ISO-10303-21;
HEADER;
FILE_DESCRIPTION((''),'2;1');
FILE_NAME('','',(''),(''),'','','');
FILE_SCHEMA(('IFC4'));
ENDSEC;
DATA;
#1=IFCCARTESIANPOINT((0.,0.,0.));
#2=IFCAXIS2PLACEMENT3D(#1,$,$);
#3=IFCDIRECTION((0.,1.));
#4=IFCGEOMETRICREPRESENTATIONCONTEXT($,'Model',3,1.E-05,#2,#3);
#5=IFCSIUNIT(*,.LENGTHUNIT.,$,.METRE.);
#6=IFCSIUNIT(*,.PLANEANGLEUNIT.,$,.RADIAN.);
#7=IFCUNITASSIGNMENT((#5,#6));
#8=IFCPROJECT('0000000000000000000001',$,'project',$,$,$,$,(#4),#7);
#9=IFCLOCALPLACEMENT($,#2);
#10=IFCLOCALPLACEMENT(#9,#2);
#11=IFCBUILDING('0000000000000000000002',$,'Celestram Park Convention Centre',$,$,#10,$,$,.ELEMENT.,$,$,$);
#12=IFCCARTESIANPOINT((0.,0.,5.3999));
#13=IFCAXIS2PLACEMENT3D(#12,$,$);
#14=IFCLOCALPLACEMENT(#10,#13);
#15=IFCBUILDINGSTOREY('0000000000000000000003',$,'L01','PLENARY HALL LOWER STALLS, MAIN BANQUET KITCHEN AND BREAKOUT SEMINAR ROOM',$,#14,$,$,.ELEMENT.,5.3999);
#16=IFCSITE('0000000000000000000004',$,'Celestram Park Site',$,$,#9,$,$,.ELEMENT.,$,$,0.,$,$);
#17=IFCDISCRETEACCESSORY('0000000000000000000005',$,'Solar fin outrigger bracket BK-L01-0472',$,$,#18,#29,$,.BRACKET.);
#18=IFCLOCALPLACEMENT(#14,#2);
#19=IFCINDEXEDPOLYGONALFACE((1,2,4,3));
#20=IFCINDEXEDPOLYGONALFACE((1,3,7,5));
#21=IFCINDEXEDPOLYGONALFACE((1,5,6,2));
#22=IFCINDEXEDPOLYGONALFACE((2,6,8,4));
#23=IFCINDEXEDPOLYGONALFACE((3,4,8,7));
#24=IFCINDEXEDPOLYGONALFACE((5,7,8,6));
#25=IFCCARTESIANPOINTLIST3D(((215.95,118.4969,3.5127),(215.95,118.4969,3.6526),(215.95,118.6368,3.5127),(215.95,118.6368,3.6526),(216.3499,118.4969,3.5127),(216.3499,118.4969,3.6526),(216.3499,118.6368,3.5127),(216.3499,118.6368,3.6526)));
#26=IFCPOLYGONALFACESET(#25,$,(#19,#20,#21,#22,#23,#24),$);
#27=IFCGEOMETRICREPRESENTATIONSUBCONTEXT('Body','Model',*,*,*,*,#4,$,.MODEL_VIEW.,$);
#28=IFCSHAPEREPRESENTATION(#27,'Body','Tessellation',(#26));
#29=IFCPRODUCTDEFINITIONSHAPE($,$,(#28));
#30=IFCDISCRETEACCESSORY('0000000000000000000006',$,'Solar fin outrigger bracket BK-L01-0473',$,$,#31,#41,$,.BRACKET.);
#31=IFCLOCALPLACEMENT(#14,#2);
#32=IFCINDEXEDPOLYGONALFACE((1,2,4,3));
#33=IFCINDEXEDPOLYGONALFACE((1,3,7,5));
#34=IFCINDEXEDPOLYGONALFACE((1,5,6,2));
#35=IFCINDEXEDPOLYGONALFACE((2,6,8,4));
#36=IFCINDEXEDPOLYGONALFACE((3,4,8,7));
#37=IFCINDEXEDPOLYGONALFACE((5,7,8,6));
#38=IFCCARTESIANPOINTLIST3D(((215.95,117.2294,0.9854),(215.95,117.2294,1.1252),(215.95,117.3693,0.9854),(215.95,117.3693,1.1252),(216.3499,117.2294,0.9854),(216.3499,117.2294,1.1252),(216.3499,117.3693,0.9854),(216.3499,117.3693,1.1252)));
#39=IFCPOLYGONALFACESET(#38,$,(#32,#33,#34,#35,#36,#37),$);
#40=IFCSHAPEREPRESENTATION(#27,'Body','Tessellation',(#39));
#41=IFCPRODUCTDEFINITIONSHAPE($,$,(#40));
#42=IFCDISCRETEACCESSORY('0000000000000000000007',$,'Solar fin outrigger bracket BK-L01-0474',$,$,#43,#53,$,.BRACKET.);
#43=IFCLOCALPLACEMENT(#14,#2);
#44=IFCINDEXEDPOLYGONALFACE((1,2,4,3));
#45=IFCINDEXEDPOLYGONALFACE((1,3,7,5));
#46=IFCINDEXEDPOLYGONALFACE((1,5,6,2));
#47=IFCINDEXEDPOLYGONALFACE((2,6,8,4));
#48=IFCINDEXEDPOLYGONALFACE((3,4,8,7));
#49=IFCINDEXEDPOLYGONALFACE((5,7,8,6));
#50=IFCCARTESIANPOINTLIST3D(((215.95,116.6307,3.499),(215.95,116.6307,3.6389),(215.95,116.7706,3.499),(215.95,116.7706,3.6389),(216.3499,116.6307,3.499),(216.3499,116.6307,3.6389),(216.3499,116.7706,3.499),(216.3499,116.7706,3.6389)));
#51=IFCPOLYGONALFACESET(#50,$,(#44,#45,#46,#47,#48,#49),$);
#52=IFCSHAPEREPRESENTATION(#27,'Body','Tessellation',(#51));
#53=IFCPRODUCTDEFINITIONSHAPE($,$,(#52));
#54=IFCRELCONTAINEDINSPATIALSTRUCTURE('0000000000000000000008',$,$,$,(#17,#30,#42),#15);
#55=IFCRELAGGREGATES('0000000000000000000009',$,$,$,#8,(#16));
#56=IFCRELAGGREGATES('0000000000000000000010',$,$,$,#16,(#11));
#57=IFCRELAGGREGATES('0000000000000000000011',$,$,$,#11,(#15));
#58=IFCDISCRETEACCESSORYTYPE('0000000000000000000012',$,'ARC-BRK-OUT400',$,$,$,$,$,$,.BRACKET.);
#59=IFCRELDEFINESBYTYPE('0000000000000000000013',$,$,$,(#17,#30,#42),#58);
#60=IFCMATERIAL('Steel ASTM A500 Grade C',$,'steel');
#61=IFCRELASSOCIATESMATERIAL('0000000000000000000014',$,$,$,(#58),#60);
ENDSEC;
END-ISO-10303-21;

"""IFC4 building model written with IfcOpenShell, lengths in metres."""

from ifc_helpers import new_model, si_unit, direction, frame, origin, origin_2d, place, context, subcontext, project, spatial, rectangle, extrude, material, type_object, element, save


model = new_model("IFC4")

# Units and contexts
model_context = context("Model", 3, precision=1e-05, world=origin(), true_north=direction((0.0, 1.0)))
body_context = subcontext(model_context, "Body", "Model", "MODEL_VIEW")
ifc_project = project(units=[si_unit("LENGTHUNIT", "METRE"), si_unit("PLANEANGLEUNIT", "RADIAN")], contexts=[model_context])

# Site, building, storey
site_placement = place(None, origin())
site = spatial("IfcSite", under=ifc_project, at=site_placement, Name="Celestram Park Site", CompositionType="ELEMENT", RefElevation=0.0)
building_placement = place(site_placement, origin())
building = spatial("IfcBuilding", under=site, at=building_placement, Name="Celestram Park Convention Centre", CompositionType="ELEMENT")
storey_placement = place(building_placement, frame((0.0, 0.0, 5.3999)))
storey = spatial("IfcBuildingStorey", under=building, at=storey_placement, Name="L01", Description="PLENARY HALL LOWER STALLS, MAIN BANQUET KITCHEN AND BREAKOUT SEMINAR ROOM", CompositionType="ELEMENT", Elevation=5.3999)

# Shared definitions
ifc_material_1 = material(Name="Steel ASTM A500 Grade C", Category="steel")

# Discrete accessories
discrete_accessory_type = type_object("IfcDiscreteAccessoryType", Name="ARC-BRK-OUT400", PredefinedType="BRACKET", material=ifc_material_1)
for number, where, z_axis, x_axis, name in (
    (1, (216.1499, 118.5669, 3.5127), (0.0, 0.0, 1.0), (1.0, 0.0, 0.0), "Solar fin outrigger bracket BK-L01-0472"),
    (2, (216.1499, 117.2993, 0.9854), (0.0, 0.0, 1.0), (1.0, 0.0, 0.0), "Solar fin outrigger bracket BK-L01-0473"),
    (3, (216.1499, 116.7007, 3.499), (0.0, 0.0, 1.0), (1.0, 0.0, 0.0), "Solar fin outrigger bracket BK-L01-0474"),
):
    element("IfcDiscreteAccessory", number, at=place(storey_placement, frame(where, z_axis=z_axis, x_axis=x_axis)), inside=storey, type_object=discrete_accessory_type, Name=name, PredefinedType="BRACKET", context=body_context, shape_type="SweptSolid", body=[
        extrude(rectangle(XDim=0.3999, YDim=0.1399, at=origin_2d()), origin(), (0.0, 0.0, 1.0), 0.1399),
    ])

save(model, "model.ifc")
